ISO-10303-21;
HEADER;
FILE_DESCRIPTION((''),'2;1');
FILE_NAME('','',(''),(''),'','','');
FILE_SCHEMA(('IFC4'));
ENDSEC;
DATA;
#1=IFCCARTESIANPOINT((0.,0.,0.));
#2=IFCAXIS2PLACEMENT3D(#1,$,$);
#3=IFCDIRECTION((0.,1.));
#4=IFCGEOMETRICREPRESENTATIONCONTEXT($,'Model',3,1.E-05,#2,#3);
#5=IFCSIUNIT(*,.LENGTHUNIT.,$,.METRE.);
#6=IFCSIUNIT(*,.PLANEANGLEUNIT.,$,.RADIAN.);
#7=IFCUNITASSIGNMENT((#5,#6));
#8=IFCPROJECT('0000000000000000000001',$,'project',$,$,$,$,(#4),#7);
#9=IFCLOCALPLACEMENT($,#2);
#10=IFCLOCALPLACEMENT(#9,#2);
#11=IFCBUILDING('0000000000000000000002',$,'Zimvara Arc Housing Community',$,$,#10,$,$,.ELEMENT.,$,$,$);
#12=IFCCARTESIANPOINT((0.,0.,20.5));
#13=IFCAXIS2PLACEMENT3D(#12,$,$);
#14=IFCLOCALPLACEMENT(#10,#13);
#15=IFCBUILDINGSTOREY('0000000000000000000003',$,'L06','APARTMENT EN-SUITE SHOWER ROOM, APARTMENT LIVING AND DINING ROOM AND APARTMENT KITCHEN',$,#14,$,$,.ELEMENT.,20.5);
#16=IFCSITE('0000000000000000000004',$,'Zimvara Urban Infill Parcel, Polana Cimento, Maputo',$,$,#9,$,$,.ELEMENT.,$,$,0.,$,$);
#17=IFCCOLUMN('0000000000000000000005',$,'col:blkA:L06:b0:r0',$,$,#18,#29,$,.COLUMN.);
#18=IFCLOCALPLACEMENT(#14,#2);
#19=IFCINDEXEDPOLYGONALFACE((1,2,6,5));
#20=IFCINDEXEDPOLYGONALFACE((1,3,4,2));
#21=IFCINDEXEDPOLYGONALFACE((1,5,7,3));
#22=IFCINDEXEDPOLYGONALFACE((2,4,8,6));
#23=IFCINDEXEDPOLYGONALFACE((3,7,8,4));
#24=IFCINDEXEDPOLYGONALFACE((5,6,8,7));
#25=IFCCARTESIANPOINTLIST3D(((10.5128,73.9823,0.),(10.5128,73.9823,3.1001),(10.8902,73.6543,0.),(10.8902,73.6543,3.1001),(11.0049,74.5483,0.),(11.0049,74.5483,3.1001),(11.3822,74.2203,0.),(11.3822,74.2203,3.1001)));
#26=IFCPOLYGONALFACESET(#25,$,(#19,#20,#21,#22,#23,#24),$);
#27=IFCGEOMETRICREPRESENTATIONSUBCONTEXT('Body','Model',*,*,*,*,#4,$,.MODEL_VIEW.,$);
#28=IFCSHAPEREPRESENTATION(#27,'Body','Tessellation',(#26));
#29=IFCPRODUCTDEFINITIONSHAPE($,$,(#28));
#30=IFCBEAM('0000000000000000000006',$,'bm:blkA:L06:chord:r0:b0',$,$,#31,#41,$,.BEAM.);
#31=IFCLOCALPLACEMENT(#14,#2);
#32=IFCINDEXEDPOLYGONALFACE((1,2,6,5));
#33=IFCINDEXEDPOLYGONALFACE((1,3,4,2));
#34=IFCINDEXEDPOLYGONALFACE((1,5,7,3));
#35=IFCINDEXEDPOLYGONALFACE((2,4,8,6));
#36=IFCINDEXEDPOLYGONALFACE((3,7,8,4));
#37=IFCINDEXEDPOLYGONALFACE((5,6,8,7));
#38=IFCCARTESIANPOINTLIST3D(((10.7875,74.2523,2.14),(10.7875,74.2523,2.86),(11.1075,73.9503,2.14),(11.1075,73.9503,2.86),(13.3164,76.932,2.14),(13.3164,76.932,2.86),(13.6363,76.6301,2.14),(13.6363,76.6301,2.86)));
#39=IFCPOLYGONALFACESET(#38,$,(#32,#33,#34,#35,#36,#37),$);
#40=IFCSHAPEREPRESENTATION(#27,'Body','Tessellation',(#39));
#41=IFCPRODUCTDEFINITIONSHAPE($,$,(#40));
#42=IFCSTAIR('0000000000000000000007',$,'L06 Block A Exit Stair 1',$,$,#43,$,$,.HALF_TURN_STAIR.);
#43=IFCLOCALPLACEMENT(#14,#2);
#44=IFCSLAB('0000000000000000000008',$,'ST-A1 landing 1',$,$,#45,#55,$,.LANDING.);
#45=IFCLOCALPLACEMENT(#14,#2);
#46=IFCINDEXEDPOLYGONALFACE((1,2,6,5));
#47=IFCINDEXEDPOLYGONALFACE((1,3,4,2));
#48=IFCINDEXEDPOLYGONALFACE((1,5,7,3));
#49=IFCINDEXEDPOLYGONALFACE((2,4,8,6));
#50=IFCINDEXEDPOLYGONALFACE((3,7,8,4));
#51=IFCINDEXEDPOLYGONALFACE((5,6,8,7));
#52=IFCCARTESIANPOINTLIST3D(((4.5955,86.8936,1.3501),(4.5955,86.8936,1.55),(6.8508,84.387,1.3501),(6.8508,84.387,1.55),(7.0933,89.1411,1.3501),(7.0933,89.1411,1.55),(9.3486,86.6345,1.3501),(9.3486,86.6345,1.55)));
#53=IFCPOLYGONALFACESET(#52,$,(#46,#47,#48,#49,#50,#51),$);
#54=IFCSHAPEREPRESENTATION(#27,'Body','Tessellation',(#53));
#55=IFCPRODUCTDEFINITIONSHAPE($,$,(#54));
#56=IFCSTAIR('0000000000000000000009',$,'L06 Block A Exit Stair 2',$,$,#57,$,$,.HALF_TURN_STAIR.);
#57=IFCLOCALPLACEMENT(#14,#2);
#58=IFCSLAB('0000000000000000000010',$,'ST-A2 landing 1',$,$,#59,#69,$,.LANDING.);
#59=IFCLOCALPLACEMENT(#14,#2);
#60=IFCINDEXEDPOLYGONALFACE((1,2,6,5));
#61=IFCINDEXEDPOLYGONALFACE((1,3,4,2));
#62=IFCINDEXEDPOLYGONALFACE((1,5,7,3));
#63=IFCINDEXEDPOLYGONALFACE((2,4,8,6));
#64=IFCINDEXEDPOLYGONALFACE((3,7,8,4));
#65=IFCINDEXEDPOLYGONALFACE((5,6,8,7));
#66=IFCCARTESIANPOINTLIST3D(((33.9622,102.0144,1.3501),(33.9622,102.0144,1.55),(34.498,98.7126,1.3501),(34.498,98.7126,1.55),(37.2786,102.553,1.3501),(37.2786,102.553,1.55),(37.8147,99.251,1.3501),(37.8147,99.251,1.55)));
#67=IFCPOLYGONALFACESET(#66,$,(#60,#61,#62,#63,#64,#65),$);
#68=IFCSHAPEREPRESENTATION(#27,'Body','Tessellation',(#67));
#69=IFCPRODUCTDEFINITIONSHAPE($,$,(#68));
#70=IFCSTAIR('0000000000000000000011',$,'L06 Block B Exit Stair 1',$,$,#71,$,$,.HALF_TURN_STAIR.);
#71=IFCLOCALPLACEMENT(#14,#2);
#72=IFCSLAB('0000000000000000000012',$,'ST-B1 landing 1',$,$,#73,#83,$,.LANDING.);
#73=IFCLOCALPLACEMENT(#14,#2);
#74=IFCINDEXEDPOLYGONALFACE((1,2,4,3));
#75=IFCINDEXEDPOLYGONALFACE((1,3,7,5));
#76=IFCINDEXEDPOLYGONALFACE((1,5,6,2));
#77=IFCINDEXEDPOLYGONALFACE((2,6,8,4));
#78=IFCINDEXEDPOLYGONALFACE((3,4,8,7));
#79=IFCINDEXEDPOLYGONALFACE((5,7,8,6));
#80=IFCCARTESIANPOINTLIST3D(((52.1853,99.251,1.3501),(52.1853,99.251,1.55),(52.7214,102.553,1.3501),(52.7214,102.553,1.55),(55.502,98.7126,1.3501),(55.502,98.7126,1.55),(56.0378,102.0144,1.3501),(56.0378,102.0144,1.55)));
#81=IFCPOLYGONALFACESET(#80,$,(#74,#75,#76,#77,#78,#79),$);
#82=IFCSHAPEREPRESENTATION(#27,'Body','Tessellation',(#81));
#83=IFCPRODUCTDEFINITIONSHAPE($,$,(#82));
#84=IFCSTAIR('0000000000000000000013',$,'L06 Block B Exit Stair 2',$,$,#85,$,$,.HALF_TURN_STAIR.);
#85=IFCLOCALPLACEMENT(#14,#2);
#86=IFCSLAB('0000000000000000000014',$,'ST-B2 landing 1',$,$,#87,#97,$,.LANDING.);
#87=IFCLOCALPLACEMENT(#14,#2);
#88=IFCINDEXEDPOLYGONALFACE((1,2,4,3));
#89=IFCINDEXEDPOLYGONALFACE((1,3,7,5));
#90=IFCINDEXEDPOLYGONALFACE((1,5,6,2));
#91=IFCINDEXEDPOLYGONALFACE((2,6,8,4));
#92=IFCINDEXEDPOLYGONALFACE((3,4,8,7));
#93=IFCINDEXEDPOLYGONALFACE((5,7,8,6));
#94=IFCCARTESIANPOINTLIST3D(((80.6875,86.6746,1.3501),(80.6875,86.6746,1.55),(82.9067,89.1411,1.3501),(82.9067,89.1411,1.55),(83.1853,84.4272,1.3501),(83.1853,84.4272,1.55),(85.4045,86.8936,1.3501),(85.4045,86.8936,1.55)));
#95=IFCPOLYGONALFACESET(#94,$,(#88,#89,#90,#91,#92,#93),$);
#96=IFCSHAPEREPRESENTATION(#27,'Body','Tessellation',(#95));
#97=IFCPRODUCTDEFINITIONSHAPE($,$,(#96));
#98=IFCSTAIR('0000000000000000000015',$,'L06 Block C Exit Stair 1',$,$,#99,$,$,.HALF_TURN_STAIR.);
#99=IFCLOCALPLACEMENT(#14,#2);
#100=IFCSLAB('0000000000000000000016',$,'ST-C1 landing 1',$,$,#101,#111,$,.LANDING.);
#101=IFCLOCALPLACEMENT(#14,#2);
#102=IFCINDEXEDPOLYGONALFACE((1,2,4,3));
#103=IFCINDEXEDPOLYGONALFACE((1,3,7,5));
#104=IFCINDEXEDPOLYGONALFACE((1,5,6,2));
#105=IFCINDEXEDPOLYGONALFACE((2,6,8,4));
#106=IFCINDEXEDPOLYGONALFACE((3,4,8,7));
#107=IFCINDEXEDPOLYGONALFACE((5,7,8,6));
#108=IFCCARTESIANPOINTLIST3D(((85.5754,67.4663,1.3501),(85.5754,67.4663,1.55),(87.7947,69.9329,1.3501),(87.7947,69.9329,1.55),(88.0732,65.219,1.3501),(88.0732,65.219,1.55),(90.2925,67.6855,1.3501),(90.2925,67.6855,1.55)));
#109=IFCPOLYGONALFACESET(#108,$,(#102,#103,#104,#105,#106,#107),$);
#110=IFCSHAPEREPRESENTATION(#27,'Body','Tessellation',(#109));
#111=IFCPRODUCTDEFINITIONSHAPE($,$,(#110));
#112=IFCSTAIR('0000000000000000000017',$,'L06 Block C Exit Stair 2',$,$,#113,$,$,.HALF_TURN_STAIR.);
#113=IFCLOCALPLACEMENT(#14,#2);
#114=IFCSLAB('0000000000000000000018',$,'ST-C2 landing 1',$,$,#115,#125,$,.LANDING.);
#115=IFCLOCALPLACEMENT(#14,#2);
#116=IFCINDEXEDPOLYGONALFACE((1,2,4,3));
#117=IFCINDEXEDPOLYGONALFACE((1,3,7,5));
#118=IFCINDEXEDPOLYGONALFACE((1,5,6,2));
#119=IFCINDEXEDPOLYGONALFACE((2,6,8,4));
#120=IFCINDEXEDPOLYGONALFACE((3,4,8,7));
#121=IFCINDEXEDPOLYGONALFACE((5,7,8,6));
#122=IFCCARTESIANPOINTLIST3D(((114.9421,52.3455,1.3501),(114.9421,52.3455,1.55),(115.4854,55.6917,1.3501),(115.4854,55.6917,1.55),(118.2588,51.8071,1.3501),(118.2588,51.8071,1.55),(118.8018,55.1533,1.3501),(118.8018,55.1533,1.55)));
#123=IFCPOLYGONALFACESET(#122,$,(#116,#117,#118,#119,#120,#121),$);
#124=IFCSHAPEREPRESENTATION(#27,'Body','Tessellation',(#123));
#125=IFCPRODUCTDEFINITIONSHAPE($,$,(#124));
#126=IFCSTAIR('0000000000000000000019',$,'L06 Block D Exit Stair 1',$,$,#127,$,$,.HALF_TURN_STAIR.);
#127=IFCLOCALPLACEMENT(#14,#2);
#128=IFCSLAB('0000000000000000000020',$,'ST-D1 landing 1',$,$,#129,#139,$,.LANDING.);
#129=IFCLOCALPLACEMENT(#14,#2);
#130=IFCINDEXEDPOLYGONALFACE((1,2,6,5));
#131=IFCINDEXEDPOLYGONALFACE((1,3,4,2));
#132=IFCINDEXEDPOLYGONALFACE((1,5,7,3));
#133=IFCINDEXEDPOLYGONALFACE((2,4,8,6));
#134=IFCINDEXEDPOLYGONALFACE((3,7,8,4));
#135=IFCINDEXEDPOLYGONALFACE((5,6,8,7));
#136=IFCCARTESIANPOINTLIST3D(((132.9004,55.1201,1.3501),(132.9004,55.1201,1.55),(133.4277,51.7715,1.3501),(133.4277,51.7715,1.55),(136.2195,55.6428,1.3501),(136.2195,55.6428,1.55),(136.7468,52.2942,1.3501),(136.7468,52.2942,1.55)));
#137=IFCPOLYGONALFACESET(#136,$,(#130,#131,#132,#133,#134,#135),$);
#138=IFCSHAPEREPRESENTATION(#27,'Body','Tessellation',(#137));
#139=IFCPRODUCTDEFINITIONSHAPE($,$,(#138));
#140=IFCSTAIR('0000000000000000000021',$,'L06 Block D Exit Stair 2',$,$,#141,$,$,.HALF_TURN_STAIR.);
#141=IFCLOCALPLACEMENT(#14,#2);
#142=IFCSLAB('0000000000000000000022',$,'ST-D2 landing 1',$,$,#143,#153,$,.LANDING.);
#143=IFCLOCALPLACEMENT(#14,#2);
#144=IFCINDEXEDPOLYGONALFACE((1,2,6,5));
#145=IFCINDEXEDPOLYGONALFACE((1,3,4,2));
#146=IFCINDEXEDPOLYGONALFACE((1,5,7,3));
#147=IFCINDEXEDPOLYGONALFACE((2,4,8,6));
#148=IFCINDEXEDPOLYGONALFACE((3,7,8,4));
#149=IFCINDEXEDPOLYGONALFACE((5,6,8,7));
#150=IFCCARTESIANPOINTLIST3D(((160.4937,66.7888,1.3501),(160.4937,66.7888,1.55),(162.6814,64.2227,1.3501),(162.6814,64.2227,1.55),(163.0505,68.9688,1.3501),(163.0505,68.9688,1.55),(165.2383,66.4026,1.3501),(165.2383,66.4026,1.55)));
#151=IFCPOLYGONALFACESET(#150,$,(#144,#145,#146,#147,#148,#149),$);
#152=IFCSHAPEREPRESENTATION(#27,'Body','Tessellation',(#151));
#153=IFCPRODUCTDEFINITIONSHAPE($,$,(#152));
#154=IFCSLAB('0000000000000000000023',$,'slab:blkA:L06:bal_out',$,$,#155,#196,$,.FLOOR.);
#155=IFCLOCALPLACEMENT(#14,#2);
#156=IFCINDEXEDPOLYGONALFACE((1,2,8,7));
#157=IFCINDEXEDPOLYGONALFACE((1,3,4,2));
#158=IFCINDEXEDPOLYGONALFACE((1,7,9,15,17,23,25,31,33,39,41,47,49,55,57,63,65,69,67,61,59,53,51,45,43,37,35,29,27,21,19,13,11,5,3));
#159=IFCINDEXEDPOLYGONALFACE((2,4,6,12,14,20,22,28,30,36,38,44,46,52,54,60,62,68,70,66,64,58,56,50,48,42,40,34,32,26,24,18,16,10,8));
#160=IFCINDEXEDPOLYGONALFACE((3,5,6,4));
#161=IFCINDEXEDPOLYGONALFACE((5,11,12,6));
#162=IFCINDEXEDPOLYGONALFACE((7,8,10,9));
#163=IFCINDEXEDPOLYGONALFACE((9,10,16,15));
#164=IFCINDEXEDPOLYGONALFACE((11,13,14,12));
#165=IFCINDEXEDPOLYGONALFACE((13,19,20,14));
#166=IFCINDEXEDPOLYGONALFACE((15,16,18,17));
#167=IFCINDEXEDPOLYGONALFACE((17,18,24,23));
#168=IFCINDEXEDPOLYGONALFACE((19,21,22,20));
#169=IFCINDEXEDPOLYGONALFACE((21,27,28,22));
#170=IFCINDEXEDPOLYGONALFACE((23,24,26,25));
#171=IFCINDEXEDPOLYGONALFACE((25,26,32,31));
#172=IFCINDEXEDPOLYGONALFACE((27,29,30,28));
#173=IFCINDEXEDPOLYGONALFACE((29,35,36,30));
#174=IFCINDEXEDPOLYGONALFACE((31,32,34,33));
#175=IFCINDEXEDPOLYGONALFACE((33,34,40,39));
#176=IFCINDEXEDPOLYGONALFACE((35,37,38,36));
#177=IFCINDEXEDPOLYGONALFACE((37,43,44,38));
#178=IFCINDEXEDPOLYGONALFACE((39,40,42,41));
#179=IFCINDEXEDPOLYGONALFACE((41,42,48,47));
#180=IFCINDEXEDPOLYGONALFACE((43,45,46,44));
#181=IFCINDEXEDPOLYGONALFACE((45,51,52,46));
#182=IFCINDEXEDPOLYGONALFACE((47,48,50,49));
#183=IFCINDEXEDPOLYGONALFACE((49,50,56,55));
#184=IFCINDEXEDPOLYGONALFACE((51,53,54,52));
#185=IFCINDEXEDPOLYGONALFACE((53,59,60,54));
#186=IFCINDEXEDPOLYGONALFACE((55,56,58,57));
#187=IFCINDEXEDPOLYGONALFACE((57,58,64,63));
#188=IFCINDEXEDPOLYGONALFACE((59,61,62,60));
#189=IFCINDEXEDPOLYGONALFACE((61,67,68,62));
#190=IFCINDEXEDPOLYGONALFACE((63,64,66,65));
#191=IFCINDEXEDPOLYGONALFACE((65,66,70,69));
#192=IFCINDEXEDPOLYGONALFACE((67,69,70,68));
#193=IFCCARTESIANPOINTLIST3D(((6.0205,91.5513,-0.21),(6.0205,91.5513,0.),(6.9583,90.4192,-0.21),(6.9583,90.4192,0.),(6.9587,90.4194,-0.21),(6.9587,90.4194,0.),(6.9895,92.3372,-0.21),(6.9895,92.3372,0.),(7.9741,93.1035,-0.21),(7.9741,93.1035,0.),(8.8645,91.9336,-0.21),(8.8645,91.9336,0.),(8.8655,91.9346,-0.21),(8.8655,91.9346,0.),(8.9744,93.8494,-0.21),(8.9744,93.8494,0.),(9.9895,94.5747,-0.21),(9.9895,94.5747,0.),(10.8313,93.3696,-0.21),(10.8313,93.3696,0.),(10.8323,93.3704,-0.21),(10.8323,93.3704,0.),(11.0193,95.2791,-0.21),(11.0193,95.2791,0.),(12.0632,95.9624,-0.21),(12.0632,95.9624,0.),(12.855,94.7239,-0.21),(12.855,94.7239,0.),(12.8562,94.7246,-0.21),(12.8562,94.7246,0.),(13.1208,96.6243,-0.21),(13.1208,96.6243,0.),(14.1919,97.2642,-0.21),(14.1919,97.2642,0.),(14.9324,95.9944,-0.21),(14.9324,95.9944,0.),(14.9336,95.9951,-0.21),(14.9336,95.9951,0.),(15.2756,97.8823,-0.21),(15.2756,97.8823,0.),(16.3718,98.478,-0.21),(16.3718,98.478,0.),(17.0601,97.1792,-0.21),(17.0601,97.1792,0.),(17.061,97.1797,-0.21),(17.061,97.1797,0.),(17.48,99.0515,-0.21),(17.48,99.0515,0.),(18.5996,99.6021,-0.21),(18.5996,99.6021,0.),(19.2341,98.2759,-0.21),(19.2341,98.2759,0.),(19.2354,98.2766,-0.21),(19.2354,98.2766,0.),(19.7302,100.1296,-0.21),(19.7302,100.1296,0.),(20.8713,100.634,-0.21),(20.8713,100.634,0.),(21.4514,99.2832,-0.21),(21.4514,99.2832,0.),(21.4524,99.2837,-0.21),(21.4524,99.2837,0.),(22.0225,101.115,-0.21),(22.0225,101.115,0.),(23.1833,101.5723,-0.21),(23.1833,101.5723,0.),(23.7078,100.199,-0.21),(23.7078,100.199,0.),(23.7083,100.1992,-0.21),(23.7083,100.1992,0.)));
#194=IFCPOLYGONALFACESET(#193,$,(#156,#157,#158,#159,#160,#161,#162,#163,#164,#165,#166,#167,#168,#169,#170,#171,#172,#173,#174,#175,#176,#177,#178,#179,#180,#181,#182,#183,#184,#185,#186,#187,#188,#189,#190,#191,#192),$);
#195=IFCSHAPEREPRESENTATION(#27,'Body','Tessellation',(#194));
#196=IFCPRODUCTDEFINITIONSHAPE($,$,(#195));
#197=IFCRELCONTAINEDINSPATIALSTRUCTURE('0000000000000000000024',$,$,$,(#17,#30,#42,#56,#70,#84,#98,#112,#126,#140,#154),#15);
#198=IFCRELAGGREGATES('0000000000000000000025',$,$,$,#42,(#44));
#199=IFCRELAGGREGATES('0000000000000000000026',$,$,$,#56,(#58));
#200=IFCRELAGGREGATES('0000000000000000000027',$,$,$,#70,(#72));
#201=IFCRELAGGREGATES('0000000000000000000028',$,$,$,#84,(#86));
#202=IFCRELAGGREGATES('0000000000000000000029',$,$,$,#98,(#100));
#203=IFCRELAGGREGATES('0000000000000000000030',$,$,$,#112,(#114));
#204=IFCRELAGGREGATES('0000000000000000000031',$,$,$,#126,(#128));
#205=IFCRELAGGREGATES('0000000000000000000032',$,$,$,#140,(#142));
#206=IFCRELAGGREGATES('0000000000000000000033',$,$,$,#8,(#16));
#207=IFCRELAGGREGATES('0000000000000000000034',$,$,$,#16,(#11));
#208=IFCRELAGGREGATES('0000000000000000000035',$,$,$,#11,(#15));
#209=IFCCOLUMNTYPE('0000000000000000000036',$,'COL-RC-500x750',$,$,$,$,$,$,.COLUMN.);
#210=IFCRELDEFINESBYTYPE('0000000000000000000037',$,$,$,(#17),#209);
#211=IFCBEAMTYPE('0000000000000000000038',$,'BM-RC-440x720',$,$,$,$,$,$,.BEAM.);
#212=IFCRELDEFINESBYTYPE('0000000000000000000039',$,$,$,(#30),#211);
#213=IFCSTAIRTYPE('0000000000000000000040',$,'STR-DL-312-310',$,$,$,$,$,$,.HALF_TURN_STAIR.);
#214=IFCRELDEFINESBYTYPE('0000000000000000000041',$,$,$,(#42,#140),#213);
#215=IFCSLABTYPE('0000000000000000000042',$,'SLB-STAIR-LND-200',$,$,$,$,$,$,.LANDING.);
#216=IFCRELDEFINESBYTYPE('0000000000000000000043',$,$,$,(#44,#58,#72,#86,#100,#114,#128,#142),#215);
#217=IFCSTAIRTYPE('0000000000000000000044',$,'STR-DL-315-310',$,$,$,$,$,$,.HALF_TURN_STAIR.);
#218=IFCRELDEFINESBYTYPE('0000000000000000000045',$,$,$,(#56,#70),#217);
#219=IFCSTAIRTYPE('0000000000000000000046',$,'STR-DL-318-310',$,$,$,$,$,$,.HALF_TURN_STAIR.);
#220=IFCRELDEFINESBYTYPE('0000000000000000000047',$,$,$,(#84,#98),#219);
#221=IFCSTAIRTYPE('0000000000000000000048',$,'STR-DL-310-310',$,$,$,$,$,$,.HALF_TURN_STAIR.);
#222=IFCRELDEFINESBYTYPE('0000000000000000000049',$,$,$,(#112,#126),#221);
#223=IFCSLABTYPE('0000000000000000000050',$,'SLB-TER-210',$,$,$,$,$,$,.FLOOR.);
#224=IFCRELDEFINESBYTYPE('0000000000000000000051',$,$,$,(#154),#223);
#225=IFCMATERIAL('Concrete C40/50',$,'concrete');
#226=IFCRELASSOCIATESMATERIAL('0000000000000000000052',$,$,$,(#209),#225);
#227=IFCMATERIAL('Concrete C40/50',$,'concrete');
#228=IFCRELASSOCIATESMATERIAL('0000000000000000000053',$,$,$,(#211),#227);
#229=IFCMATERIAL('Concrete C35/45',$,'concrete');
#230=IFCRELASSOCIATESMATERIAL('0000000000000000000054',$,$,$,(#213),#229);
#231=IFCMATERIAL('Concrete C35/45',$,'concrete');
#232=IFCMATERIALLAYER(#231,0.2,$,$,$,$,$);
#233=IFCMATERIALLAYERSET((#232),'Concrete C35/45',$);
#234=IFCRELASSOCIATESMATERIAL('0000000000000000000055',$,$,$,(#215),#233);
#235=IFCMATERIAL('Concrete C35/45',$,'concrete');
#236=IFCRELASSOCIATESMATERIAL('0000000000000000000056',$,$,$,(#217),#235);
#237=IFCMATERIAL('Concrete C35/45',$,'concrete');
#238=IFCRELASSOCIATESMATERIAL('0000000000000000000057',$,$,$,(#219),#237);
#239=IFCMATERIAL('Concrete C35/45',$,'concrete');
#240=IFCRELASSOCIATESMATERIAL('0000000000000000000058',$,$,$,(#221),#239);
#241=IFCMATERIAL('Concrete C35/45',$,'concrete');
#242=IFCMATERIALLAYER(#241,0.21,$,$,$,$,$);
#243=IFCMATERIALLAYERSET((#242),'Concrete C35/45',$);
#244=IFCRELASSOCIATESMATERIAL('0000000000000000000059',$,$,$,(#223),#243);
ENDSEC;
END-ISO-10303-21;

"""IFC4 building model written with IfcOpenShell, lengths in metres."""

from ifc_helpers import new_model, si_unit, direction, frame, origin, origin_2d, place, context, subcontext, project, spatial, polyline, rectangle, outline, extrude, material, layer, layer_set, material_profile, profile_set, type_object, element, aggregate, save


model = new_model("IFC4")

# Units and contexts
model_context = context("Model", 3, precision=1e-05, world=origin(), true_north=direction((0.0, 1.0)))
body_context = subcontext(model_context, "Body", "Model", "MODEL_VIEW")
ifc_project = project(units=[si_unit("LENGTHUNIT", "METRE"), si_unit("PLANEANGLEUNIT", "RADIAN")], contexts=[model_context])

# Site, building, storey
site_placement = place(None, origin())
site = spatial("IfcSite", under=ifc_project, at=site_placement, Name="Zimvara Urban Infill Parcel, Polana Cimento, Maputo", CompositionType="ELEMENT", RefElevation=0.0)
building_placement = place(site_placement, origin())
building = spatial("IfcBuilding", under=site, at=building_placement, Name="Zimvara Arc Housing Community", CompositionType="ELEMENT")
storey_placement = place(building_placement, frame((0.0, 0.0, 20.5)))
storey = spatial("IfcBuildingStorey", under=building, at=storey_placement, Name="L06", Description="APARTMENT EN-SUITE SHOWER ROOM, APARTMENT LIVING AND DINING ROOM AND APARTMENT KITCHEN", CompositionType="ELEMENT", Elevation=20.5)

# Column
ifc_material_1 = material(Name="Concrete C40/50", Category="concrete")
ifc_material_profile_1 = material_profile(ifc_material_1, rectangle(XDim=0.5, YDim=0.75, at=origin_2d()), Name="RC 500x750")
ifc_profile_set_1 = profile_set([ifc_material_profile_1], Name="Concrete C40/50")
column_type = type_object("IfcColumnType", Name="COL-RC-500x750", PredefinedType="COLUMN", material=ifc_profile_set_1)
column_placement = place(storey_placement, frame((10.9475, 74.1013, 0.0), z_axis=(0.0, 0.0, 1.0), x_axis=(-0.75471, 0.656059, 0.0)))
element("IfcColumn", 1, at=column_placement, inside=storey, type_object=column_type, Name="col:blkA:L06:b0:r0", PredefinedType="COLUMN", context=body_context, shape_type="SweptSolid", body=[
    extrude(rectangle(XDim=0.5, YDim=0.75, at=origin_2d()), origin(), (0.0, 0.0, 1.0), 3.1001),
])

# Beam
ifc_material_2 = material(Name="Concrete C40/50", Category="concrete")
ifc_material_profile_2 = material_profile(ifc_material_2, rectangle(XDim=0.4399, YDim=0.72, at=origin_2d()), Name="RC 440x720")
ifc_profile_set_2 = profile_set([ifc_material_profile_2], Name="Concrete C40/50")
beam_type = type_object("IfcBeamType", Name="BM-RC-440x720", PredefinedType="BEAM", material=ifc_profile_set_2)
beam_placement = place(storey_placement, frame((10.9475, 74.1013, 2.5), z_axis=(0.686336, 0.727285, 0.0), x_axis=(-0.727285, 0.686336, 0.0)))
element("IfcBeam", 2, at=beam_placement, inside=storey, type_object=beam_type, Name="bm:blkA:L06:chord:r0:b0", PredefinedType="BEAM", context=body_context, shape_type="SweptSolid", body=[
    extrude(rectangle(XDim=0.4399, YDim=0.72, at=origin_2d()), origin(), (0.0, 0.0, 1.0), 3.6846),
])

# Stairs, slabs
ifc_material_3 = material(Name="Concrete C35/45", Category="concrete")
stair_type_1 = type_object("IfcStairType", Name="STR-DL-312-310", PredefinedType="HALF_TURN_STAIR", material=ifc_material_3)
stair_1_placement = place(storey_placement, origin())
stair_1 = element("IfcStair", 3, at=stair_1_placement, inside=storey, type_object=stair_type_1, Name="L06 Block A Exit Stair 1", PredefinedType="HALF_TURN_STAIR")
ifc_material_4 = material(Name="Concrete C35/45", Category="concrete")
ifc_layer_1 = layer(ifc_material_4, 0.2)
ifc_layer_set_1 = layer_set([ifc_layer_1], Name="Concrete C35/45")
slab_type_1 = type_object("IfcSlabType", Name="SLB-STAIR-LND-200", PredefinedType="LANDING", material=ifc_layer_set_1)
slab_1_placement = place(storey_placement, frame((0.0, 0.0, 1.3501)))
slab_1 = element("IfcSlab", 4, at=slab_1_placement, type_object=slab_type_1, Name="ST-A1 landing 1", PredefinedType="LANDING", context=body_context, shape_type="SweptSolid", body=[
    extrude(outline(polyline([(9.3486, 86.6345), (7.0933, 89.1411), (4.5955, 86.8936), (6.8508, 84.387), (9.3486, 86.6345)])), origin(), (0.0, 0.0, 1.0), 0.2),
])
aggregate(stair_1, [slab_1])
ifc_material_5 = material(Name="Concrete C35/45", Category="concrete")
stair_type_2 = type_object("IfcStairType", Name="STR-DL-315-310", PredefinedType="HALF_TURN_STAIR", material=ifc_material_5)
stair_2_placement = place(storey_placement, origin())
stair_2 = element("IfcStair", 5, at=stair_2_placement, inside=storey, type_object=stair_type_2, Name="L06 Block A Exit Stair 2", PredefinedType="HALF_TURN_STAIR")
slab_2_placement = place(storey_placement, frame((0.0, 0.0, 1.3501)))
slab_2 = element("IfcSlab", 6, at=slab_2_placement, type_object=slab_type_1, Name="ST-A2 landing 1", PredefinedType="LANDING", context=body_context, shape_type="SweptSolid", body=[
    extrude(outline(polyline([(37.8147, 99.251), (37.2786, 102.553), (33.9622, 102.0144), (34.498, 98.7126), (37.8147, 99.251)])), origin(), (0.0, 0.0, 1.0), 0.2),
])
aggregate(stair_2, [slab_2])
stair_3_placement = place(storey_placement, origin())
stair_3 = element("IfcStair", 7, at=stair_3_placement, inside=storey, type_object=stair_type_2, Name="L06 Block B Exit Stair 1", PredefinedType="HALF_TURN_STAIR")
slab_3_placement = place(storey_placement, frame((0.0, 0.0, 1.3501)))
slab_3 = element("IfcSlab", 8, at=slab_3_placement, type_object=slab_type_1, Name="ST-B1 landing 1", PredefinedType="LANDING", context=body_context, shape_type="SweptSolid", body=[
    extrude(outline(polyline([(55.502, 98.7126), (56.0378, 102.0144), (52.7214, 102.553), (52.1853, 99.251), (55.502, 98.7126)])), origin(), (0.0, 0.0, 1.0), 0.2),
])
aggregate(stair_3, [slab_3])
ifc_material_6 = material(Name="Concrete C35/45", Category="concrete")
stair_type_3 = type_object("IfcStairType", Name="STR-DL-318-310", PredefinedType="HALF_TURN_STAIR", material=ifc_material_6)
stair_4_placement = place(storey_placement, origin())
stair_4 = element("IfcStair", 9, at=stair_4_placement, inside=storey, type_object=stair_type_3, Name="L06 Block B Exit Stair 2", PredefinedType="HALF_TURN_STAIR")
slab_4_placement = place(storey_placement, frame((0.0, 0.0, 1.3501)))
slab_4 = element("IfcSlab", 10, at=slab_4_placement, type_object=slab_type_1, Name="ST-B2 landing 1", PredefinedType="LANDING", context=body_context, shape_type="SweptSolid", body=[
    extrude(outline(polyline([(83.1853, 84.4272), (85.4045, 86.8936), (82.9067, 89.1411), (80.6875, 86.6746), (83.1853, 84.4272)])), origin(), (0.0, 0.0, 1.0), 0.2),
])
aggregate(stair_4, [slab_4])
stair_5_placement = place(storey_placement, origin())
stair_5 = element("IfcStair", 11, at=stair_5_placement, inside=storey, type_object=stair_type_3, Name="L06 Block C Exit Stair 1", PredefinedType="HALF_TURN_STAIR")
slab_5_placement = place(storey_placement, frame((0.0, 0.0, 1.3501)))
slab_5 = element("IfcSlab", 12, at=slab_5_placement, type_object=slab_type_1, Name="ST-C1 landing 1", PredefinedType="LANDING", context=body_context, shape_type="SweptSolid", body=[
    extrude(outline(polyline([(87.7947, 69.9329), (85.5754, 67.4663), (88.0732, 65.219), (90.2925, 67.6855), (87.7947, 69.9329)])), origin(), (0.0, 0.0, 1.0), 0.2),
])
aggregate(stair_5, [slab_5])
ifc_material_7 = material(Name="Concrete C35/45", Category="concrete")
stair_type_4 = type_object("IfcStairType", Name="STR-DL-310-310", PredefinedType="HALF_TURN_STAIR", material=ifc_material_7)
stair_6_placement = place(storey_placement, origin())
stair_6 = element("IfcStair", 13, at=stair_6_placement, inside=storey, type_object=stair_type_4, Name="L06 Block C Exit Stair 2", PredefinedType="HALF_TURN_STAIR")
slab_6_placement = place(storey_placement, frame((0.0, 0.0, 1.3501)))
slab_6 = element("IfcSlab", 14, at=slab_6_placement, type_object=slab_type_1, Name="ST-C2 landing 1", PredefinedType="LANDING", context=body_context, shape_type="SweptSolid", body=[
    extrude(outline(polyline([(115.4854, 55.6917), (114.9421, 52.3455), (118.2588, 51.8071), (118.8018, 55.1533), (115.4854, 55.6917)])), origin(), (0.0, 0.0, 1.0), 0.2),
])
aggregate(stair_6, [slab_6])
stair_7_placement = place(storey_placement, origin())
stair_7 = element("IfcStair", 15, at=stair_7_placement, inside=storey, type_object=stair_type_4, Name="L06 Block D Exit Stair 1", PredefinedType="HALF_TURN_STAIR")
slab_7_placement = place(storey_placement, frame((0.0, 0.0, 1.3501)))
slab_7 = element("IfcSlab", 16, at=slab_7_placement, type_object=slab_type_1, Name="ST-D1 landing 1", PredefinedType="LANDING", context=body_context, shape_type="SweptSolid", body=[
    extrude(outline(polyline([(132.9004, 55.1201), (133.4277, 51.7715), (136.7468, 52.2942), (136.2195, 55.6428), (132.9004, 55.1201)])), origin(), (0.0, 0.0, 1.0), 0.2),
])
aggregate(stair_7, [slab_7])
stair_8_placement = place(storey_placement, origin())
stair_8 = element("IfcStair", 17, at=stair_8_placement, inside=storey, type_object=stair_type_1, Name="L06 Block D Exit Stair 2", PredefinedType="HALF_TURN_STAIR")
slab_8_placement = place(storey_placement, frame((0.0, 0.0, 1.3501)))
slab_8 = element("IfcSlab", 18, at=slab_8_placement, type_object=slab_type_1, Name="ST-D2 landing 1", PredefinedType="LANDING", context=body_context, shape_type="SweptSolid", body=[
    extrude(outline(polyline([(160.4937, 66.7888), (162.6814, 64.2227), (165.2383, 66.4026), (163.0505, 68.9688), (160.4937, 66.7888)])), origin(), (0.0, 0.0, 1.0), 0.2),
])
aggregate(stair_8, [slab_8])

# Slab
ifc_material_8 = material(Name="Concrete C35/45", Category="concrete")
ifc_layer_2 = layer(ifc_material_8, 0.21)
ifc_layer_set_2 = layer_set([ifc_layer_2], Name="Concrete C35/45")
slab_type_2 = type_object("IfcSlabType", Name="SLB-TER-210", PredefinedType="FLOOR", material=ifc_layer_set_2)
slab_9_placement = place(storey_placement, frame((0.0, 0.0, -0.21)))
element("IfcSlab", 19, at=slab_9_placement, inside=storey, type_object=slab_type_2, Name="slab:blkA:L06:bal_out", PredefinedType="FLOOR", context=body_context, shape_type="SweptSolid", body=[
    extrude(outline(polyline([(6.0205, 91.5513), (6.9583, 90.4192), (6.9587, 90.4194), (8.8645, 91.9336), (8.8655, 91.9346), (10.8313, 93.3696), (10.8323, 93.3704), (12.855, 94.7239), (12.8562, 94.7246), (14.9324, 95.9944), (14.9336, 95.9951), (17.0601, 97.1792), (17.061, 97.1797), (19.2341, 98.2759), (19.2354, 98.2766), (21.4514, 99.2832), (21.4524, 99.2837), (23.7078, 100.199), (23.7083, 100.1992), (23.1833, 101.5723), (22.0225, 101.115), (20.8713, 100.634), (19.7302, 100.1296), (18.5996, 99.6021), (17.48, 99.0515), (16.3718, 98.478), (15.2756, 97.8823), (14.1919, 97.2642), (13.1208, 96.6243), (12.0632, 95.9624), (11.0193, 95.2791), (9.9895, 94.5747), (8.9744, 93.8494), (7.9741, 93.1035), (6.9895, 92.3372), (6.0205, 91.5513)])), origin(), (0.0, 0.0, 1.0), 0.21),
])

save(model, "model.ifc")
